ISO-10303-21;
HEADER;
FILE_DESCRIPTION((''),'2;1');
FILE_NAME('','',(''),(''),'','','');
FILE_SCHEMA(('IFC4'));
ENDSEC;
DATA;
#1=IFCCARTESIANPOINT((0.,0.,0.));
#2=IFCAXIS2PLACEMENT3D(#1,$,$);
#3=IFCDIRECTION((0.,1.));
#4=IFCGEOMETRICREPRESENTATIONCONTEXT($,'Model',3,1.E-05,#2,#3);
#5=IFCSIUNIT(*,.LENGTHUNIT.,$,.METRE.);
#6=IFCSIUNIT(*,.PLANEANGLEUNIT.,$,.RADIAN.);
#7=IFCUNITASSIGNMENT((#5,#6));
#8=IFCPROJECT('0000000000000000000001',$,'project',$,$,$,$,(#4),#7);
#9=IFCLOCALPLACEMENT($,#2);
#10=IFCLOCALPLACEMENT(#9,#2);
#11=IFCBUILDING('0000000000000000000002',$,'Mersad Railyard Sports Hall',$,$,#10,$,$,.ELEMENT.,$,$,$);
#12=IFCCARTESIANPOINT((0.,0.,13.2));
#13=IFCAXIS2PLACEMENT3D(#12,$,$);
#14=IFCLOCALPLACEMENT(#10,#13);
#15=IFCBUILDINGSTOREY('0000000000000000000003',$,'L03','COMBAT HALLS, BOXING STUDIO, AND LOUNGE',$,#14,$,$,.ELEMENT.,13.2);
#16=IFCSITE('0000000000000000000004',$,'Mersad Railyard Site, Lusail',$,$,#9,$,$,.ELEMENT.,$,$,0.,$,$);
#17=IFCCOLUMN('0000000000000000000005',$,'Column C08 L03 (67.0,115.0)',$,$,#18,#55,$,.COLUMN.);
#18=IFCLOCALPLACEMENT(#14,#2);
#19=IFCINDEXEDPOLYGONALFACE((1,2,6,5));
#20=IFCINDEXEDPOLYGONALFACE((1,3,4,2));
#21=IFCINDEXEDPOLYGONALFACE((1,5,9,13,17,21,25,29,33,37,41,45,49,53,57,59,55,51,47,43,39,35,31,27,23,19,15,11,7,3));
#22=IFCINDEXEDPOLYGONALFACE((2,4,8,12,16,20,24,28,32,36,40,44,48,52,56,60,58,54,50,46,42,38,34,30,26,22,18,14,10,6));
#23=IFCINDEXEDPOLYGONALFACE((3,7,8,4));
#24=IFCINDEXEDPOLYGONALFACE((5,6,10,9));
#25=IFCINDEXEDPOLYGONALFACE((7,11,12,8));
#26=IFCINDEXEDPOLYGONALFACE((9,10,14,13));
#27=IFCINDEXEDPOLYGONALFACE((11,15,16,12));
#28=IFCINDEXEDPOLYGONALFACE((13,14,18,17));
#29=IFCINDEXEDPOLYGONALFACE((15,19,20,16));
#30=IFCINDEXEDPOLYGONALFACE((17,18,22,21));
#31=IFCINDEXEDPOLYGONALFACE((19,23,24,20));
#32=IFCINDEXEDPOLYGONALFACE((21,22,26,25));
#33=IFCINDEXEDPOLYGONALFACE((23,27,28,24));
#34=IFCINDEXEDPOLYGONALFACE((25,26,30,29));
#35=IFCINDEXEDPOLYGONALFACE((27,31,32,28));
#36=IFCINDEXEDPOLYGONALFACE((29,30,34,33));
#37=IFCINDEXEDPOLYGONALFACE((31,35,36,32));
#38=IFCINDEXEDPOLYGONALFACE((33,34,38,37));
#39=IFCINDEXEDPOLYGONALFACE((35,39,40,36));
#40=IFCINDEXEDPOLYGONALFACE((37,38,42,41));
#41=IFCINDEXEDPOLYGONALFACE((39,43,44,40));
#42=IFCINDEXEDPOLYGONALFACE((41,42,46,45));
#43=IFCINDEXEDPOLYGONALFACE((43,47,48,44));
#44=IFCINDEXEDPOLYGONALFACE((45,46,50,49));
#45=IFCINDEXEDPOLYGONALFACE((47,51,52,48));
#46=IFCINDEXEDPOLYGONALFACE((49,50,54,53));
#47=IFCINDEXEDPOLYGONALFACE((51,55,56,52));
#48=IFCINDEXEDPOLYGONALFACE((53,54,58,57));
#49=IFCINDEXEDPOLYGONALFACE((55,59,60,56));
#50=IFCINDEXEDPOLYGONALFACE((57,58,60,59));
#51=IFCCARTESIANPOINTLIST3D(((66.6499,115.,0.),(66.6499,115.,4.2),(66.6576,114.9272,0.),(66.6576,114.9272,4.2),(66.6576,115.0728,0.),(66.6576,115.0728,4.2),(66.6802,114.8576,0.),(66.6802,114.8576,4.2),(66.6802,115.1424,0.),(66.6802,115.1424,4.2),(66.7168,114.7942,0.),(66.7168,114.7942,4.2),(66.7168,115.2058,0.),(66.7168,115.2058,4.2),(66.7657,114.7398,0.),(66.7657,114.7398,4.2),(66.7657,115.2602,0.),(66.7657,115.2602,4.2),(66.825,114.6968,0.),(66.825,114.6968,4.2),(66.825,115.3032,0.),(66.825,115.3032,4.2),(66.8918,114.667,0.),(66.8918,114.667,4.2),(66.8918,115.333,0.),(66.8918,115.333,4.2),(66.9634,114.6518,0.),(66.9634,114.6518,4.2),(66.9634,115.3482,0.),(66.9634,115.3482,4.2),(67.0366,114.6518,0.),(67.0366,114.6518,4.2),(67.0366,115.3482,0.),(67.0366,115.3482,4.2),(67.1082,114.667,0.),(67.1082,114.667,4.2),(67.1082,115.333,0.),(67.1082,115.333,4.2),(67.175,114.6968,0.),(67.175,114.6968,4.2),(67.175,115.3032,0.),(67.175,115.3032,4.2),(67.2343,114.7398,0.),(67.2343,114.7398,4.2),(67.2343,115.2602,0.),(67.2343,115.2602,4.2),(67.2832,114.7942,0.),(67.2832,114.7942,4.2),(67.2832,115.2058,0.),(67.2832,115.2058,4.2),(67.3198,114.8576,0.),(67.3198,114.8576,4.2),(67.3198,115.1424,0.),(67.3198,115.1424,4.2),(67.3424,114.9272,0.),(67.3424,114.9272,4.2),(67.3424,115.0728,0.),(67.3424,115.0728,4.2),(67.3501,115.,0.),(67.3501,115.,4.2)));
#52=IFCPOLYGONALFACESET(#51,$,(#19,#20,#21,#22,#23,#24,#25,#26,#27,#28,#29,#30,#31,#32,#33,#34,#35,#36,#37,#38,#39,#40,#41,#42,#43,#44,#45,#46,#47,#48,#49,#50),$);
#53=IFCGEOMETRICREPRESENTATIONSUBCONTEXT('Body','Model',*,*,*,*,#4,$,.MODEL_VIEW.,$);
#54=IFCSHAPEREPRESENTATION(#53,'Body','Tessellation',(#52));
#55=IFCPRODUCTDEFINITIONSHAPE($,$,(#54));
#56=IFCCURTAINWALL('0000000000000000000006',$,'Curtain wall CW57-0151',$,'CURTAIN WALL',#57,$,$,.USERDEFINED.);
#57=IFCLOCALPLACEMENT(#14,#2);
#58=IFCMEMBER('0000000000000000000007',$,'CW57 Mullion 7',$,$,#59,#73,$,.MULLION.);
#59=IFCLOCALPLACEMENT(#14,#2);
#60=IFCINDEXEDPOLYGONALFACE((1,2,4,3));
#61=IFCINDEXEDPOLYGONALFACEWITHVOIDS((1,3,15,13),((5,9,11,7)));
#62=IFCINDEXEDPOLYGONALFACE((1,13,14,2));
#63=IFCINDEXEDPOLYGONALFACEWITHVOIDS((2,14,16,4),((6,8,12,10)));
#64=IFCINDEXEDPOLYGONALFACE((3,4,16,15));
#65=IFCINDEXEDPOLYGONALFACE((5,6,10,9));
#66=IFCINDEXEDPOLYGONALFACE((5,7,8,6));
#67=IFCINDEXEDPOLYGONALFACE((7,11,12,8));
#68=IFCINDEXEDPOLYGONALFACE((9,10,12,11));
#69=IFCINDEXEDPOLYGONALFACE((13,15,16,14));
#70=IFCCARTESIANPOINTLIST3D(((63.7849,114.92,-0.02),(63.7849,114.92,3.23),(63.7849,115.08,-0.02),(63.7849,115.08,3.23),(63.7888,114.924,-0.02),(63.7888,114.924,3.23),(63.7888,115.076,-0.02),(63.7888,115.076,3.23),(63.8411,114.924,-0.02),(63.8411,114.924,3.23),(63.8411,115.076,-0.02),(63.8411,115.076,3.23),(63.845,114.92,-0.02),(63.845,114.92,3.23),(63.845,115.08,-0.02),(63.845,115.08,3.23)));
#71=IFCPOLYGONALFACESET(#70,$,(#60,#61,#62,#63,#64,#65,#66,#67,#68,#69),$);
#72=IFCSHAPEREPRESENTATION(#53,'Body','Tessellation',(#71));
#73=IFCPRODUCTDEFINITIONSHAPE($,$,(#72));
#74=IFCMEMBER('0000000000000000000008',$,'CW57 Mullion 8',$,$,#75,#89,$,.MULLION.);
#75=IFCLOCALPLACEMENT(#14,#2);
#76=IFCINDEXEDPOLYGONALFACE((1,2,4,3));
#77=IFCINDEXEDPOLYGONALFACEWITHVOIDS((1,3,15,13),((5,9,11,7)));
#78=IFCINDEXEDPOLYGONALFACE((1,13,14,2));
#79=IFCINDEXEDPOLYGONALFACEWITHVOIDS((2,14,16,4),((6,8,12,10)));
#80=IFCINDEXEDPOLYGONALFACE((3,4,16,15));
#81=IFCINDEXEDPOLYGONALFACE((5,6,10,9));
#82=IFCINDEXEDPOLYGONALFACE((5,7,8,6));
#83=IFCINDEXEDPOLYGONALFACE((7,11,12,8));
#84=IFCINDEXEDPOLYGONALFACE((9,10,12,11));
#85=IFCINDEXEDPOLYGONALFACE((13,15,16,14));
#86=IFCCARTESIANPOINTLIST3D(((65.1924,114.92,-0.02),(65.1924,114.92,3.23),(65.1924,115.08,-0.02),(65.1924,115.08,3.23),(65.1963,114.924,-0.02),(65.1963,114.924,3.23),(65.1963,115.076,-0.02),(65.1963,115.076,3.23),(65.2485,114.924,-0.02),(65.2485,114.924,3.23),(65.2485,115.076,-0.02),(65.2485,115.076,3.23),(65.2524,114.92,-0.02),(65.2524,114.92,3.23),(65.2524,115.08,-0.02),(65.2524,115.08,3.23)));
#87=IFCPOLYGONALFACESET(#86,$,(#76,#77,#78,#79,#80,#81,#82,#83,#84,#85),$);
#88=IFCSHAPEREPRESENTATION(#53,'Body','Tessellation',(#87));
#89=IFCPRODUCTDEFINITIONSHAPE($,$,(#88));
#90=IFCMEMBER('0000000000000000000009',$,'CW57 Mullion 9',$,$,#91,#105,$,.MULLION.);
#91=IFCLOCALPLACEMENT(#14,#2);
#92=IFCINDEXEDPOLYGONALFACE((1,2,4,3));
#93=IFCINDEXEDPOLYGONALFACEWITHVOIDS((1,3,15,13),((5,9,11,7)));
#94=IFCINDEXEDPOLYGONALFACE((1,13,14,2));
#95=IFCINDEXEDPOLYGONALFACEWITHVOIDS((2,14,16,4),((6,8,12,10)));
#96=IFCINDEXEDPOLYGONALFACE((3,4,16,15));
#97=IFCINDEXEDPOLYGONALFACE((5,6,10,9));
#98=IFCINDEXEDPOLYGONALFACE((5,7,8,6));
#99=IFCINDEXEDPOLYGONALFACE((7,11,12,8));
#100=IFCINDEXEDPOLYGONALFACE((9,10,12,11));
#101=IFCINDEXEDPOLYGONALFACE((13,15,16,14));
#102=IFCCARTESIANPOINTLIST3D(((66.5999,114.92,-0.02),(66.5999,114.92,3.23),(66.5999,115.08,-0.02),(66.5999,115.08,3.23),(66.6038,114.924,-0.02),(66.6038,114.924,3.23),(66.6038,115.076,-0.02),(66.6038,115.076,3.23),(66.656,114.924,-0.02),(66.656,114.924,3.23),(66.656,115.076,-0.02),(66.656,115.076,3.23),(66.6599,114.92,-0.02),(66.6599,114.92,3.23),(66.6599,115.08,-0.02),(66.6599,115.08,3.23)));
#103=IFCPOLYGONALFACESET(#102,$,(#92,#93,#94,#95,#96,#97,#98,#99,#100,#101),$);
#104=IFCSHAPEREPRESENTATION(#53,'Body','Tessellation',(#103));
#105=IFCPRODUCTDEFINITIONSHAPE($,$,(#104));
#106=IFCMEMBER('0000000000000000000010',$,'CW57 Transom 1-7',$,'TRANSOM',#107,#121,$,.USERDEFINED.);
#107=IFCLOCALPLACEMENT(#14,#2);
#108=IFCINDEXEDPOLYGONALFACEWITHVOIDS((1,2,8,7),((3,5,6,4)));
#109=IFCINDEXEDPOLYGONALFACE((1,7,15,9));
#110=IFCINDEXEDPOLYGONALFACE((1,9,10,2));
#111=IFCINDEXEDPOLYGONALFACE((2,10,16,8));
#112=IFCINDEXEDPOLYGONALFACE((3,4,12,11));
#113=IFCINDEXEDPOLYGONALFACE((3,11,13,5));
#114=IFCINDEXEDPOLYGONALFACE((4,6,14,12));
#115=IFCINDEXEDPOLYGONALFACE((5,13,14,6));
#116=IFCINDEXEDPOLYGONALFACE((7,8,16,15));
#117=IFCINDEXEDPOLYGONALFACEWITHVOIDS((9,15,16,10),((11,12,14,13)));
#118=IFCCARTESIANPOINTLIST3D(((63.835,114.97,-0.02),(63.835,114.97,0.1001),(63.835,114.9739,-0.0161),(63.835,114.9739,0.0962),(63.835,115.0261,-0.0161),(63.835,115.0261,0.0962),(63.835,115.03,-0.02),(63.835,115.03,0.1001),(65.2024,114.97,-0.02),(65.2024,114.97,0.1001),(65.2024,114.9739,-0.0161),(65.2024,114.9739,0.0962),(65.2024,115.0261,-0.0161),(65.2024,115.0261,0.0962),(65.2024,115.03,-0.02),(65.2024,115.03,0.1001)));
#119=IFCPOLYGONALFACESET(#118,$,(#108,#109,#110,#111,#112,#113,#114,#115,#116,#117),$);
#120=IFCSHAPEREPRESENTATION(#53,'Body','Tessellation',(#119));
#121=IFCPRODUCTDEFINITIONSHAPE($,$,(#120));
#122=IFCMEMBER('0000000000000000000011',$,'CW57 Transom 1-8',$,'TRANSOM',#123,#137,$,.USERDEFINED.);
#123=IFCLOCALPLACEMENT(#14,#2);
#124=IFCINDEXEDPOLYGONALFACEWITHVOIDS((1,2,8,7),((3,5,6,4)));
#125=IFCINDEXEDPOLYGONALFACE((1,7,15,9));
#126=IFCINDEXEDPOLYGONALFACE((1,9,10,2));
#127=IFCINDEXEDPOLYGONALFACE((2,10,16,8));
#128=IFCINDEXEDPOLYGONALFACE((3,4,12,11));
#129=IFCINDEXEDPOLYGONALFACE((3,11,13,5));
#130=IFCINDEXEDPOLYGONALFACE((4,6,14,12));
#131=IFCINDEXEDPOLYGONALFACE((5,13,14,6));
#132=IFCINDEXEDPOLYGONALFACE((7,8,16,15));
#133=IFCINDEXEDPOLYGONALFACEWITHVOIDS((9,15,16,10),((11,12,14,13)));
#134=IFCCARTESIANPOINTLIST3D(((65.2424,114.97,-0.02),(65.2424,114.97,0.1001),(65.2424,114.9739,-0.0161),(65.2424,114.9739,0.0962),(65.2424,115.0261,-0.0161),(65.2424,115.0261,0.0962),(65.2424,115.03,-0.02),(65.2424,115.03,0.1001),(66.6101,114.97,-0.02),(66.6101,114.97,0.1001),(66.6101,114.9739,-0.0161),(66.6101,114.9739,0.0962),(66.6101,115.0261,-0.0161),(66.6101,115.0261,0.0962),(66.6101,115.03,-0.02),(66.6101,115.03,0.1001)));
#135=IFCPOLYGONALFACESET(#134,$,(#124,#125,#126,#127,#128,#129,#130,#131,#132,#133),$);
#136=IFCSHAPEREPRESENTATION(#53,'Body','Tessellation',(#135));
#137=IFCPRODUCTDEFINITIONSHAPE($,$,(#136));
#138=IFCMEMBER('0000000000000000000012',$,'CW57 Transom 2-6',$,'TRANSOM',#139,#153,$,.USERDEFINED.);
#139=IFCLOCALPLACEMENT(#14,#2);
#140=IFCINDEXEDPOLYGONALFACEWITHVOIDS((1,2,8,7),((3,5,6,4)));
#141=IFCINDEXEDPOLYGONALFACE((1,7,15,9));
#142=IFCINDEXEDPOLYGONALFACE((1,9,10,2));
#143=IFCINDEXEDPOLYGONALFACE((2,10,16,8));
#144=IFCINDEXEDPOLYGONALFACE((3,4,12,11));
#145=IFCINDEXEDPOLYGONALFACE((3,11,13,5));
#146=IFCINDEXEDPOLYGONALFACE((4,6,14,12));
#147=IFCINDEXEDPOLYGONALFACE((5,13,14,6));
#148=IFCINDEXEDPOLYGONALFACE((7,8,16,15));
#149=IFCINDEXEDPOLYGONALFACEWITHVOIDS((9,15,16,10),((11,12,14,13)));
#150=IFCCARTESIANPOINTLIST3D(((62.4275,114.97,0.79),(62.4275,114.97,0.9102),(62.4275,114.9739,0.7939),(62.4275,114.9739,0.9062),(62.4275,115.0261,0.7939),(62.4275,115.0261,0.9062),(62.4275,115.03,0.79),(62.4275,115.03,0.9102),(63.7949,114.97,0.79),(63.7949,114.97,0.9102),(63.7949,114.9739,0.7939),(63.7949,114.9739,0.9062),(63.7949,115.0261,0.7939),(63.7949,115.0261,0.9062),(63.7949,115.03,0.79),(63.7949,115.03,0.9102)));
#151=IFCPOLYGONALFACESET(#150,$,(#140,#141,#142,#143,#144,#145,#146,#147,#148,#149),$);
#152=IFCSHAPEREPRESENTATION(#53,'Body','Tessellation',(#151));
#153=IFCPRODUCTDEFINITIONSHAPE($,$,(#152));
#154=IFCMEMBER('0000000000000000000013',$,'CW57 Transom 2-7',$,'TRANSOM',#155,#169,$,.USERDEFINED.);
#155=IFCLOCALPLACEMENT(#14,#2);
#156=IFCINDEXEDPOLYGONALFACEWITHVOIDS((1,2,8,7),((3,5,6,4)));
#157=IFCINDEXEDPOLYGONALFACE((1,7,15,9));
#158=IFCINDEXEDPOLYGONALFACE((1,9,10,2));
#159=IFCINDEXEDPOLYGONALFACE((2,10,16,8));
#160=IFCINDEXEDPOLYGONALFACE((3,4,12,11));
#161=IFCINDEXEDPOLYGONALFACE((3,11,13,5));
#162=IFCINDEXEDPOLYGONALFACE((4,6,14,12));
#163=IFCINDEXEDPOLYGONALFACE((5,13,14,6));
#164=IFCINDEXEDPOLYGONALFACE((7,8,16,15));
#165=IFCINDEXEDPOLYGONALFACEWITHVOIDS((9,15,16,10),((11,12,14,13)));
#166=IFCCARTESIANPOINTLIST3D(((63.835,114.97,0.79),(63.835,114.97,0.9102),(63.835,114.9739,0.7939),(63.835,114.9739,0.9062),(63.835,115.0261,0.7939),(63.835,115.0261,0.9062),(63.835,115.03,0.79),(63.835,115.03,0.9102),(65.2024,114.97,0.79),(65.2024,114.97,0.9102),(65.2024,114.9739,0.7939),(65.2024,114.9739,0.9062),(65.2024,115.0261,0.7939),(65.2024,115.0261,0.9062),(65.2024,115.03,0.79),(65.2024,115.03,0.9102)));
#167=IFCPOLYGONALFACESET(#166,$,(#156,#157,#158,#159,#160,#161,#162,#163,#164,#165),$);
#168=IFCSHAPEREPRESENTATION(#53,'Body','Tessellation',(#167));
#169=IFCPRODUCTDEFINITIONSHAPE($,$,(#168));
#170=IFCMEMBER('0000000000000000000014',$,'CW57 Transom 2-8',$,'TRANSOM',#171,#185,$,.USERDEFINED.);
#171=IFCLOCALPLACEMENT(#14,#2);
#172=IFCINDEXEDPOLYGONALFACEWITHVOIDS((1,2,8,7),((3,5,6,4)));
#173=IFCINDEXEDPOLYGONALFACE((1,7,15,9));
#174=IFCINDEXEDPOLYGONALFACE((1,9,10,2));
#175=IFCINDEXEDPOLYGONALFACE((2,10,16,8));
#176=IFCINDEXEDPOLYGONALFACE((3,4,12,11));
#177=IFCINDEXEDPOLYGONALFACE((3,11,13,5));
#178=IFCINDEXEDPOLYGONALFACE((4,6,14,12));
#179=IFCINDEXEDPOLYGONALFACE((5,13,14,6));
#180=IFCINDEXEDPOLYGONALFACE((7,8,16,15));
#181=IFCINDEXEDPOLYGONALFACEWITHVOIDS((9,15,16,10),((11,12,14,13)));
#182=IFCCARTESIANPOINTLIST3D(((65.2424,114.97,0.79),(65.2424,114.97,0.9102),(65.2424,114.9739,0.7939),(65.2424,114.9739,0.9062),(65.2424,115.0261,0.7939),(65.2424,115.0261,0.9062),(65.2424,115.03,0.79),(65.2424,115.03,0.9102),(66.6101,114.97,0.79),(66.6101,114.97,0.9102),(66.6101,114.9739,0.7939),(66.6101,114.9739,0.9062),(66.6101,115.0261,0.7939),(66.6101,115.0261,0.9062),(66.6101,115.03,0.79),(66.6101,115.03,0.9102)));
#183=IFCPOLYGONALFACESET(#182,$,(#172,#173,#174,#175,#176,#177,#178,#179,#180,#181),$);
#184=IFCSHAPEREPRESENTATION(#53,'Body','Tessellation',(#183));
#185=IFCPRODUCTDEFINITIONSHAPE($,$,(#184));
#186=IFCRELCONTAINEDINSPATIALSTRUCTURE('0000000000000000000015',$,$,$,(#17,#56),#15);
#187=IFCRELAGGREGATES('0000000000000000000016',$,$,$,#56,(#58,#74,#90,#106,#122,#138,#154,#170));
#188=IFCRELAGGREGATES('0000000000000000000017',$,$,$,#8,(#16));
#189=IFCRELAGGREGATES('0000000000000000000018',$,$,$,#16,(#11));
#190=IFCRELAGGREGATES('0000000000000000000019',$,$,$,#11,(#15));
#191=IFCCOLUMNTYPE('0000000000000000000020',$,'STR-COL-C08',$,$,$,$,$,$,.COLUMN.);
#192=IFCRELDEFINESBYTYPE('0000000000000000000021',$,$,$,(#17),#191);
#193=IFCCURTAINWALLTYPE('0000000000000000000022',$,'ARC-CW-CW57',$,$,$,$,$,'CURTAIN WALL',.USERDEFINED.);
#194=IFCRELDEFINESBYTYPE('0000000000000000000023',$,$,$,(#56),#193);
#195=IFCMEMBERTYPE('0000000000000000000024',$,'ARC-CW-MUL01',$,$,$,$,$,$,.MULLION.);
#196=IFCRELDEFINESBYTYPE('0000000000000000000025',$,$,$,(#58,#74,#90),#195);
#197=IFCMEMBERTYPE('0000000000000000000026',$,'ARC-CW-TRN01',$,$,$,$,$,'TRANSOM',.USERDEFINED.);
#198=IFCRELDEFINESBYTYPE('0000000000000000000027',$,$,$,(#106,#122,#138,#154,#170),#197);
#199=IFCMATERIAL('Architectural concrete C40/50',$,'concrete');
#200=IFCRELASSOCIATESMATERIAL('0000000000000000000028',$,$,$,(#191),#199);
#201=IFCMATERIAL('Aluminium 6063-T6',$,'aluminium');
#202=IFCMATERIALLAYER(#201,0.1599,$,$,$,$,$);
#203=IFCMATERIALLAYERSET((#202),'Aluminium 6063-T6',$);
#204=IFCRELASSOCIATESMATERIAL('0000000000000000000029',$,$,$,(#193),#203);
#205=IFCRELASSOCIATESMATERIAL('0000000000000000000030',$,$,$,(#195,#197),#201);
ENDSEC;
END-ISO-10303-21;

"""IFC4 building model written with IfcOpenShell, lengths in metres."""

from ifc_helpers import new_model, si_unit, direction, frame, origin, origin_2d, place, context, subcontext, project, spatial, hollow_rectangle, circle, extrude, material, layer, layer_set, material_profile, profile_set, type_object, element, aggregate, save


model = new_model("IFC4")

# Units and contexts
model_context = context("Model", 3, precision=1e-05, world=origin(), true_north=direction((0.0, 1.0)))
body_context = subcontext(model_context, "Body", "Model", "MODEL_VIEW")
ifc_project = project(units=[si_unit("LENGTHUNIT", "METRE"), si_unit("PLANEANGLEUNIT", "RADIAN")], contexts=[model_context])

# Site, building, storey
site_placement = place(None, origin())
site = spatial("IfcSite", under=ifc_project, at=site_placement, Name="Mersad Railyard Site, Lusail", CompositionType="ELEMENT", RefElevation=0.0)
building_placement = place(site_placement, origin())
building = spatial("IfcBuilding", under=site, at=building_placement, Name="Mersad Railyard Sports Hall", CompositionType="ELEMENT")
storey_placement = place(building_placement, frame((0.0, 0.0, 13.2)))
storey = spatial("IfcBuildingStorey", under=building, at=storey_placement, Name="L03", Description="COMBAT HALLS, BOXING STUDIO, AND LOUNGE", CompositionType="ELEMENT", Elevation=13.2)

# Column
ifc_material_1 = material(Name="Architectural concrete C40/50", Category="concrete")
ifc_material_profile_1 = material_profile(ifc_material_1, circle(Radius=0.3501, at=origin_2d()), Name="RC D700")
ifc_profile_set_1 = profile_set([ifc_material_profile_1], Name="Architectural concrete C40/50")
column_type = type_object("IfcColumnType", Name="STR-COL-C08", PredefinedType="COLUMN", material=ifc_profile_set_1)
column_placement = place(storey_placement, frame((67.0, 115.0, 0.0), z_axis=(0.0, 0.0, 1.0), x_axis=(1.0, 0.0, 0.0)))
element("IfcColumn", 1, at=column_placement, inside=storey, type_object=column_type, Name="Column C08 L03 (67.0,115.0)", PredefinedType="COLUMN", context=body_context, shape_type="SweptSolid", body=[
    extrude(circle(Radius=0.3501, at=origin_2d()), origin(), (0.0, 0.0, 1.0), 4.2),
])

# Curtain wall, members
ifc_material_2 = material(Name="Aluminium 6063-T6", Category="aluminium")
ifc_layer_1 = layer(ifc_material_2, 0.1599)
ifc_layer_set_1 = layer_set([ifc_layer_1], Name="Aluminium 6063-T6")
curtain_wall_type = type_object("IfcCurtainWallType", Name="ARC-CW-CW57", ElementType="CURTAIN WALL", PredefinedType="USERDEFINED", material=ifc_layer_set_1)
curtain_wall_placement = place(storey_placement, origin())
curtain_wall = element("IfcCurtainWall", 2, at=curtain_wall_placement, inside=storey, type_object=curtain_wall_type, Name="Curtain wall CW57-0151", ObjectType="CURTAIN WALL", PredefinedType="USERDEFINED")
ifc_material_profile_2 = material_profile(ifc_material_2, hollow_rectangle(XDim=0.0601, YDim=0.1599, WallThickness=0.0039, at=origin_2d()), Name="AL MULLION 60x160x4")
ifc_profile_set_2 = profile_set([ifc_material_profile_2], Name="Aluminium 6063-T6")
member_type_1 = type_object("IfcMemberType", Name="ARC-CW-MUL01", PredefinedType="MULLION", material=ifc_profile_set_2)
member_1_placement = place(storey_placement, frame((63.8149, 115.0, -0.02), z_axis=(0.0, 0.0, 1.0), x_axis=(1.0, 0.0, 0.0)))
member_1 = element("IfcMember", 3, at=member_1_placement, type_object=member_type_1, Name="CW57 Mullion 7", PredefinedType="MULLION", context=body_context, shape_type="SweptSolid", body=[
    extrude(hollow_rectangle(XDim=0.0601, YDim=0.1599, WallThickness=0.0039, at=origin_2d()), origin(), (0.0, 0.0, 1.0), 3.25),
])
member_2_placement = place(storey_placement, frame((65.2224, 115.0, -0.02), z_axis=(0.0, 0.0, 1.0), x_axis=(1.0, 0.0, 0.0)))
member_2 = element("IfcMember", 4, at=member_2_placement, type_object=member_type_1, Name="CW57 Mullion 8", PredefinedType="MULLION", context=body_context, shape_type="SweptSolid", body=[
    extrude(hollow_rectangle(XDim=0.0601, YDim=0.1599, WallThickness=0.0039, at=origin_2d()), origin(), (0.0, 0.0, 1.0), 3.25),
])
member_3_placement = place(storey_placement, frame((66.6299, 115.0, -0.02), z_axis=(0.0, 0.0, 1.0), x_axis=(1.0, 0.0, 0.0)))
member_3 = element("IfcMember", 5, at=member_3_placement, type_object=member_type_1, Name="CW57 Mullion 9", PredefinedType="MULLION", context=body_context, shape_type="SweptSolid", body=[
    extrude(hollow_rectangle(XDim=0.0601, YDim=0.1599, WallThickness=0.0039, at=origin_2d()), origin(), (0.0, 0.0, 1.0), 3.25),
])
ifc_material_profile_3 = material_profile(ifc_material_2, hollow_rectangle(XDim=0.0601, YDim=0.1201, WallThickness=0.0039, at=origin_2d()), Name="AL TRANSOM 60x120x4")
ifc_profile_set_3 = profile_set([ifc_material_profile_3], Name="Aluminium 6063-T6")
member_type_2 = type_object("IfcMemberType", Name="ARC-CW-TRN01", ElementType="TRANSOM", PredefinedType="USERDEFINED", material=ifc_profile_set_3)
member_4_placement = place(storey_placement, frame((63.835, 115.0, 0.04), z_axis=(1.0, 0.0, 0.0), x_axis=(0.0, 1.0, 0.0)))
member_4 = element("IfcMember", 6, at=member_4_placement, type_object=member_type_2, Name="CW57 Transom 1-7", ObjectType="TRANSOM", PredefinedType="USERDEFINED", context=body_context, shape_type="SweptSolid", body=[
    extrude(hollow_rectangle(XDim=0.0601, YDim=0.1201, WallThickness=0.0039, at=origin_2d()), origin(), (0.0, 0.0, 1.0), 1.3674),
])
member_5_placement = place(storey_placement, frame((65.2424, 115.0, 0.04), z_axis=(1.0, 0.0, 0.0), x_axis=(0.0, 1.0, 0.0)))
member_5 = element("IfcMember", 7, at=member_5_placement, type_object=member_type_2, Name="CW57 Transom 1-8", ObjectType="TRANSOM", PredefinedType="USERDEFINED", context=body_context, shape_type="SweptSolid", body=[
    extrude(hollow_rectangle(XDim=0.0601, YDim=0.1201, WallThickness=0.0039, at=origin_2d()), origin(), (0.0, 0.0, 1.0), 1.3677),
])
member_6_placement = place(storey_placement, frame((62.4275, 115.0, 0.8501), z_axis=(1.0, 0.0, 0.0), x_axis=(0.0, 1.0, 0.0)))
member_6 = element("IfcMember", 8, at=member_6_placement, type_object=member_type_2, Name="CW57 Transom 2-6", ObjectType="TRANSOM", PredefinedType="USERDEFINED", context=body_context, shape_type="SweptSolid", body=[
    extrude(hollow_rectangle(XDim=0.0601, YDim=0.1201, WallThickness=0.0039, at=origin_2d()), origin(), (0.0, 0.0, 1.0), 1.3674),
])
member_7_placement = place(storey_placement, frame((63.835, 115.0, 0.8501), z_axis=(1.0, 0.0, 0.0), x_axis=(0.0, 1.0, 0.0)))
member_7 = element("IfcMember", 9, at=member_7_placement, type_object=member_type_2, Name="CW57 Transom 2-7", ObjectType="TRANSOM", PredefinedType="USERDEFINED", context=body_context, shape_type="SweptSolid", body=[
    extrude(hollow_rectangle(XDim=0.0601, YDim=0.1201, WallThickness=0.0039, at=origin_2d()), origin(), (0.0, 0.0, 1.0), 1.3674),
])
member_8_placement = place(storey_placement, frame((65.2424, 115.0, 0.8501), z_axis=(1.0, 0.0, 0.0), x_axis=(0.0, 1.0, 0.0)))
member_8 = element("IfcMember", 10, at=member_8_placement, type_object=member_type_2, Name="CW57 Transom 2-8", ObjectType="TRANSOM", PredefinedType="USERDEFINED", context=body_context, shape_type="SweptSolid", body=[
    extrude(hollow_rectangle(XDim=0.0601, YDim=0.1201, WallThickness=0.0039, at=origin_2d()), origin(), (0.0, 0.0, 1.0), 1.3677),
])

aggregate(curtain_wall, [member_1, member_2, member_3, member_4, member_5, member_6, member_7, member_8])

save(model, "model.ifc")
